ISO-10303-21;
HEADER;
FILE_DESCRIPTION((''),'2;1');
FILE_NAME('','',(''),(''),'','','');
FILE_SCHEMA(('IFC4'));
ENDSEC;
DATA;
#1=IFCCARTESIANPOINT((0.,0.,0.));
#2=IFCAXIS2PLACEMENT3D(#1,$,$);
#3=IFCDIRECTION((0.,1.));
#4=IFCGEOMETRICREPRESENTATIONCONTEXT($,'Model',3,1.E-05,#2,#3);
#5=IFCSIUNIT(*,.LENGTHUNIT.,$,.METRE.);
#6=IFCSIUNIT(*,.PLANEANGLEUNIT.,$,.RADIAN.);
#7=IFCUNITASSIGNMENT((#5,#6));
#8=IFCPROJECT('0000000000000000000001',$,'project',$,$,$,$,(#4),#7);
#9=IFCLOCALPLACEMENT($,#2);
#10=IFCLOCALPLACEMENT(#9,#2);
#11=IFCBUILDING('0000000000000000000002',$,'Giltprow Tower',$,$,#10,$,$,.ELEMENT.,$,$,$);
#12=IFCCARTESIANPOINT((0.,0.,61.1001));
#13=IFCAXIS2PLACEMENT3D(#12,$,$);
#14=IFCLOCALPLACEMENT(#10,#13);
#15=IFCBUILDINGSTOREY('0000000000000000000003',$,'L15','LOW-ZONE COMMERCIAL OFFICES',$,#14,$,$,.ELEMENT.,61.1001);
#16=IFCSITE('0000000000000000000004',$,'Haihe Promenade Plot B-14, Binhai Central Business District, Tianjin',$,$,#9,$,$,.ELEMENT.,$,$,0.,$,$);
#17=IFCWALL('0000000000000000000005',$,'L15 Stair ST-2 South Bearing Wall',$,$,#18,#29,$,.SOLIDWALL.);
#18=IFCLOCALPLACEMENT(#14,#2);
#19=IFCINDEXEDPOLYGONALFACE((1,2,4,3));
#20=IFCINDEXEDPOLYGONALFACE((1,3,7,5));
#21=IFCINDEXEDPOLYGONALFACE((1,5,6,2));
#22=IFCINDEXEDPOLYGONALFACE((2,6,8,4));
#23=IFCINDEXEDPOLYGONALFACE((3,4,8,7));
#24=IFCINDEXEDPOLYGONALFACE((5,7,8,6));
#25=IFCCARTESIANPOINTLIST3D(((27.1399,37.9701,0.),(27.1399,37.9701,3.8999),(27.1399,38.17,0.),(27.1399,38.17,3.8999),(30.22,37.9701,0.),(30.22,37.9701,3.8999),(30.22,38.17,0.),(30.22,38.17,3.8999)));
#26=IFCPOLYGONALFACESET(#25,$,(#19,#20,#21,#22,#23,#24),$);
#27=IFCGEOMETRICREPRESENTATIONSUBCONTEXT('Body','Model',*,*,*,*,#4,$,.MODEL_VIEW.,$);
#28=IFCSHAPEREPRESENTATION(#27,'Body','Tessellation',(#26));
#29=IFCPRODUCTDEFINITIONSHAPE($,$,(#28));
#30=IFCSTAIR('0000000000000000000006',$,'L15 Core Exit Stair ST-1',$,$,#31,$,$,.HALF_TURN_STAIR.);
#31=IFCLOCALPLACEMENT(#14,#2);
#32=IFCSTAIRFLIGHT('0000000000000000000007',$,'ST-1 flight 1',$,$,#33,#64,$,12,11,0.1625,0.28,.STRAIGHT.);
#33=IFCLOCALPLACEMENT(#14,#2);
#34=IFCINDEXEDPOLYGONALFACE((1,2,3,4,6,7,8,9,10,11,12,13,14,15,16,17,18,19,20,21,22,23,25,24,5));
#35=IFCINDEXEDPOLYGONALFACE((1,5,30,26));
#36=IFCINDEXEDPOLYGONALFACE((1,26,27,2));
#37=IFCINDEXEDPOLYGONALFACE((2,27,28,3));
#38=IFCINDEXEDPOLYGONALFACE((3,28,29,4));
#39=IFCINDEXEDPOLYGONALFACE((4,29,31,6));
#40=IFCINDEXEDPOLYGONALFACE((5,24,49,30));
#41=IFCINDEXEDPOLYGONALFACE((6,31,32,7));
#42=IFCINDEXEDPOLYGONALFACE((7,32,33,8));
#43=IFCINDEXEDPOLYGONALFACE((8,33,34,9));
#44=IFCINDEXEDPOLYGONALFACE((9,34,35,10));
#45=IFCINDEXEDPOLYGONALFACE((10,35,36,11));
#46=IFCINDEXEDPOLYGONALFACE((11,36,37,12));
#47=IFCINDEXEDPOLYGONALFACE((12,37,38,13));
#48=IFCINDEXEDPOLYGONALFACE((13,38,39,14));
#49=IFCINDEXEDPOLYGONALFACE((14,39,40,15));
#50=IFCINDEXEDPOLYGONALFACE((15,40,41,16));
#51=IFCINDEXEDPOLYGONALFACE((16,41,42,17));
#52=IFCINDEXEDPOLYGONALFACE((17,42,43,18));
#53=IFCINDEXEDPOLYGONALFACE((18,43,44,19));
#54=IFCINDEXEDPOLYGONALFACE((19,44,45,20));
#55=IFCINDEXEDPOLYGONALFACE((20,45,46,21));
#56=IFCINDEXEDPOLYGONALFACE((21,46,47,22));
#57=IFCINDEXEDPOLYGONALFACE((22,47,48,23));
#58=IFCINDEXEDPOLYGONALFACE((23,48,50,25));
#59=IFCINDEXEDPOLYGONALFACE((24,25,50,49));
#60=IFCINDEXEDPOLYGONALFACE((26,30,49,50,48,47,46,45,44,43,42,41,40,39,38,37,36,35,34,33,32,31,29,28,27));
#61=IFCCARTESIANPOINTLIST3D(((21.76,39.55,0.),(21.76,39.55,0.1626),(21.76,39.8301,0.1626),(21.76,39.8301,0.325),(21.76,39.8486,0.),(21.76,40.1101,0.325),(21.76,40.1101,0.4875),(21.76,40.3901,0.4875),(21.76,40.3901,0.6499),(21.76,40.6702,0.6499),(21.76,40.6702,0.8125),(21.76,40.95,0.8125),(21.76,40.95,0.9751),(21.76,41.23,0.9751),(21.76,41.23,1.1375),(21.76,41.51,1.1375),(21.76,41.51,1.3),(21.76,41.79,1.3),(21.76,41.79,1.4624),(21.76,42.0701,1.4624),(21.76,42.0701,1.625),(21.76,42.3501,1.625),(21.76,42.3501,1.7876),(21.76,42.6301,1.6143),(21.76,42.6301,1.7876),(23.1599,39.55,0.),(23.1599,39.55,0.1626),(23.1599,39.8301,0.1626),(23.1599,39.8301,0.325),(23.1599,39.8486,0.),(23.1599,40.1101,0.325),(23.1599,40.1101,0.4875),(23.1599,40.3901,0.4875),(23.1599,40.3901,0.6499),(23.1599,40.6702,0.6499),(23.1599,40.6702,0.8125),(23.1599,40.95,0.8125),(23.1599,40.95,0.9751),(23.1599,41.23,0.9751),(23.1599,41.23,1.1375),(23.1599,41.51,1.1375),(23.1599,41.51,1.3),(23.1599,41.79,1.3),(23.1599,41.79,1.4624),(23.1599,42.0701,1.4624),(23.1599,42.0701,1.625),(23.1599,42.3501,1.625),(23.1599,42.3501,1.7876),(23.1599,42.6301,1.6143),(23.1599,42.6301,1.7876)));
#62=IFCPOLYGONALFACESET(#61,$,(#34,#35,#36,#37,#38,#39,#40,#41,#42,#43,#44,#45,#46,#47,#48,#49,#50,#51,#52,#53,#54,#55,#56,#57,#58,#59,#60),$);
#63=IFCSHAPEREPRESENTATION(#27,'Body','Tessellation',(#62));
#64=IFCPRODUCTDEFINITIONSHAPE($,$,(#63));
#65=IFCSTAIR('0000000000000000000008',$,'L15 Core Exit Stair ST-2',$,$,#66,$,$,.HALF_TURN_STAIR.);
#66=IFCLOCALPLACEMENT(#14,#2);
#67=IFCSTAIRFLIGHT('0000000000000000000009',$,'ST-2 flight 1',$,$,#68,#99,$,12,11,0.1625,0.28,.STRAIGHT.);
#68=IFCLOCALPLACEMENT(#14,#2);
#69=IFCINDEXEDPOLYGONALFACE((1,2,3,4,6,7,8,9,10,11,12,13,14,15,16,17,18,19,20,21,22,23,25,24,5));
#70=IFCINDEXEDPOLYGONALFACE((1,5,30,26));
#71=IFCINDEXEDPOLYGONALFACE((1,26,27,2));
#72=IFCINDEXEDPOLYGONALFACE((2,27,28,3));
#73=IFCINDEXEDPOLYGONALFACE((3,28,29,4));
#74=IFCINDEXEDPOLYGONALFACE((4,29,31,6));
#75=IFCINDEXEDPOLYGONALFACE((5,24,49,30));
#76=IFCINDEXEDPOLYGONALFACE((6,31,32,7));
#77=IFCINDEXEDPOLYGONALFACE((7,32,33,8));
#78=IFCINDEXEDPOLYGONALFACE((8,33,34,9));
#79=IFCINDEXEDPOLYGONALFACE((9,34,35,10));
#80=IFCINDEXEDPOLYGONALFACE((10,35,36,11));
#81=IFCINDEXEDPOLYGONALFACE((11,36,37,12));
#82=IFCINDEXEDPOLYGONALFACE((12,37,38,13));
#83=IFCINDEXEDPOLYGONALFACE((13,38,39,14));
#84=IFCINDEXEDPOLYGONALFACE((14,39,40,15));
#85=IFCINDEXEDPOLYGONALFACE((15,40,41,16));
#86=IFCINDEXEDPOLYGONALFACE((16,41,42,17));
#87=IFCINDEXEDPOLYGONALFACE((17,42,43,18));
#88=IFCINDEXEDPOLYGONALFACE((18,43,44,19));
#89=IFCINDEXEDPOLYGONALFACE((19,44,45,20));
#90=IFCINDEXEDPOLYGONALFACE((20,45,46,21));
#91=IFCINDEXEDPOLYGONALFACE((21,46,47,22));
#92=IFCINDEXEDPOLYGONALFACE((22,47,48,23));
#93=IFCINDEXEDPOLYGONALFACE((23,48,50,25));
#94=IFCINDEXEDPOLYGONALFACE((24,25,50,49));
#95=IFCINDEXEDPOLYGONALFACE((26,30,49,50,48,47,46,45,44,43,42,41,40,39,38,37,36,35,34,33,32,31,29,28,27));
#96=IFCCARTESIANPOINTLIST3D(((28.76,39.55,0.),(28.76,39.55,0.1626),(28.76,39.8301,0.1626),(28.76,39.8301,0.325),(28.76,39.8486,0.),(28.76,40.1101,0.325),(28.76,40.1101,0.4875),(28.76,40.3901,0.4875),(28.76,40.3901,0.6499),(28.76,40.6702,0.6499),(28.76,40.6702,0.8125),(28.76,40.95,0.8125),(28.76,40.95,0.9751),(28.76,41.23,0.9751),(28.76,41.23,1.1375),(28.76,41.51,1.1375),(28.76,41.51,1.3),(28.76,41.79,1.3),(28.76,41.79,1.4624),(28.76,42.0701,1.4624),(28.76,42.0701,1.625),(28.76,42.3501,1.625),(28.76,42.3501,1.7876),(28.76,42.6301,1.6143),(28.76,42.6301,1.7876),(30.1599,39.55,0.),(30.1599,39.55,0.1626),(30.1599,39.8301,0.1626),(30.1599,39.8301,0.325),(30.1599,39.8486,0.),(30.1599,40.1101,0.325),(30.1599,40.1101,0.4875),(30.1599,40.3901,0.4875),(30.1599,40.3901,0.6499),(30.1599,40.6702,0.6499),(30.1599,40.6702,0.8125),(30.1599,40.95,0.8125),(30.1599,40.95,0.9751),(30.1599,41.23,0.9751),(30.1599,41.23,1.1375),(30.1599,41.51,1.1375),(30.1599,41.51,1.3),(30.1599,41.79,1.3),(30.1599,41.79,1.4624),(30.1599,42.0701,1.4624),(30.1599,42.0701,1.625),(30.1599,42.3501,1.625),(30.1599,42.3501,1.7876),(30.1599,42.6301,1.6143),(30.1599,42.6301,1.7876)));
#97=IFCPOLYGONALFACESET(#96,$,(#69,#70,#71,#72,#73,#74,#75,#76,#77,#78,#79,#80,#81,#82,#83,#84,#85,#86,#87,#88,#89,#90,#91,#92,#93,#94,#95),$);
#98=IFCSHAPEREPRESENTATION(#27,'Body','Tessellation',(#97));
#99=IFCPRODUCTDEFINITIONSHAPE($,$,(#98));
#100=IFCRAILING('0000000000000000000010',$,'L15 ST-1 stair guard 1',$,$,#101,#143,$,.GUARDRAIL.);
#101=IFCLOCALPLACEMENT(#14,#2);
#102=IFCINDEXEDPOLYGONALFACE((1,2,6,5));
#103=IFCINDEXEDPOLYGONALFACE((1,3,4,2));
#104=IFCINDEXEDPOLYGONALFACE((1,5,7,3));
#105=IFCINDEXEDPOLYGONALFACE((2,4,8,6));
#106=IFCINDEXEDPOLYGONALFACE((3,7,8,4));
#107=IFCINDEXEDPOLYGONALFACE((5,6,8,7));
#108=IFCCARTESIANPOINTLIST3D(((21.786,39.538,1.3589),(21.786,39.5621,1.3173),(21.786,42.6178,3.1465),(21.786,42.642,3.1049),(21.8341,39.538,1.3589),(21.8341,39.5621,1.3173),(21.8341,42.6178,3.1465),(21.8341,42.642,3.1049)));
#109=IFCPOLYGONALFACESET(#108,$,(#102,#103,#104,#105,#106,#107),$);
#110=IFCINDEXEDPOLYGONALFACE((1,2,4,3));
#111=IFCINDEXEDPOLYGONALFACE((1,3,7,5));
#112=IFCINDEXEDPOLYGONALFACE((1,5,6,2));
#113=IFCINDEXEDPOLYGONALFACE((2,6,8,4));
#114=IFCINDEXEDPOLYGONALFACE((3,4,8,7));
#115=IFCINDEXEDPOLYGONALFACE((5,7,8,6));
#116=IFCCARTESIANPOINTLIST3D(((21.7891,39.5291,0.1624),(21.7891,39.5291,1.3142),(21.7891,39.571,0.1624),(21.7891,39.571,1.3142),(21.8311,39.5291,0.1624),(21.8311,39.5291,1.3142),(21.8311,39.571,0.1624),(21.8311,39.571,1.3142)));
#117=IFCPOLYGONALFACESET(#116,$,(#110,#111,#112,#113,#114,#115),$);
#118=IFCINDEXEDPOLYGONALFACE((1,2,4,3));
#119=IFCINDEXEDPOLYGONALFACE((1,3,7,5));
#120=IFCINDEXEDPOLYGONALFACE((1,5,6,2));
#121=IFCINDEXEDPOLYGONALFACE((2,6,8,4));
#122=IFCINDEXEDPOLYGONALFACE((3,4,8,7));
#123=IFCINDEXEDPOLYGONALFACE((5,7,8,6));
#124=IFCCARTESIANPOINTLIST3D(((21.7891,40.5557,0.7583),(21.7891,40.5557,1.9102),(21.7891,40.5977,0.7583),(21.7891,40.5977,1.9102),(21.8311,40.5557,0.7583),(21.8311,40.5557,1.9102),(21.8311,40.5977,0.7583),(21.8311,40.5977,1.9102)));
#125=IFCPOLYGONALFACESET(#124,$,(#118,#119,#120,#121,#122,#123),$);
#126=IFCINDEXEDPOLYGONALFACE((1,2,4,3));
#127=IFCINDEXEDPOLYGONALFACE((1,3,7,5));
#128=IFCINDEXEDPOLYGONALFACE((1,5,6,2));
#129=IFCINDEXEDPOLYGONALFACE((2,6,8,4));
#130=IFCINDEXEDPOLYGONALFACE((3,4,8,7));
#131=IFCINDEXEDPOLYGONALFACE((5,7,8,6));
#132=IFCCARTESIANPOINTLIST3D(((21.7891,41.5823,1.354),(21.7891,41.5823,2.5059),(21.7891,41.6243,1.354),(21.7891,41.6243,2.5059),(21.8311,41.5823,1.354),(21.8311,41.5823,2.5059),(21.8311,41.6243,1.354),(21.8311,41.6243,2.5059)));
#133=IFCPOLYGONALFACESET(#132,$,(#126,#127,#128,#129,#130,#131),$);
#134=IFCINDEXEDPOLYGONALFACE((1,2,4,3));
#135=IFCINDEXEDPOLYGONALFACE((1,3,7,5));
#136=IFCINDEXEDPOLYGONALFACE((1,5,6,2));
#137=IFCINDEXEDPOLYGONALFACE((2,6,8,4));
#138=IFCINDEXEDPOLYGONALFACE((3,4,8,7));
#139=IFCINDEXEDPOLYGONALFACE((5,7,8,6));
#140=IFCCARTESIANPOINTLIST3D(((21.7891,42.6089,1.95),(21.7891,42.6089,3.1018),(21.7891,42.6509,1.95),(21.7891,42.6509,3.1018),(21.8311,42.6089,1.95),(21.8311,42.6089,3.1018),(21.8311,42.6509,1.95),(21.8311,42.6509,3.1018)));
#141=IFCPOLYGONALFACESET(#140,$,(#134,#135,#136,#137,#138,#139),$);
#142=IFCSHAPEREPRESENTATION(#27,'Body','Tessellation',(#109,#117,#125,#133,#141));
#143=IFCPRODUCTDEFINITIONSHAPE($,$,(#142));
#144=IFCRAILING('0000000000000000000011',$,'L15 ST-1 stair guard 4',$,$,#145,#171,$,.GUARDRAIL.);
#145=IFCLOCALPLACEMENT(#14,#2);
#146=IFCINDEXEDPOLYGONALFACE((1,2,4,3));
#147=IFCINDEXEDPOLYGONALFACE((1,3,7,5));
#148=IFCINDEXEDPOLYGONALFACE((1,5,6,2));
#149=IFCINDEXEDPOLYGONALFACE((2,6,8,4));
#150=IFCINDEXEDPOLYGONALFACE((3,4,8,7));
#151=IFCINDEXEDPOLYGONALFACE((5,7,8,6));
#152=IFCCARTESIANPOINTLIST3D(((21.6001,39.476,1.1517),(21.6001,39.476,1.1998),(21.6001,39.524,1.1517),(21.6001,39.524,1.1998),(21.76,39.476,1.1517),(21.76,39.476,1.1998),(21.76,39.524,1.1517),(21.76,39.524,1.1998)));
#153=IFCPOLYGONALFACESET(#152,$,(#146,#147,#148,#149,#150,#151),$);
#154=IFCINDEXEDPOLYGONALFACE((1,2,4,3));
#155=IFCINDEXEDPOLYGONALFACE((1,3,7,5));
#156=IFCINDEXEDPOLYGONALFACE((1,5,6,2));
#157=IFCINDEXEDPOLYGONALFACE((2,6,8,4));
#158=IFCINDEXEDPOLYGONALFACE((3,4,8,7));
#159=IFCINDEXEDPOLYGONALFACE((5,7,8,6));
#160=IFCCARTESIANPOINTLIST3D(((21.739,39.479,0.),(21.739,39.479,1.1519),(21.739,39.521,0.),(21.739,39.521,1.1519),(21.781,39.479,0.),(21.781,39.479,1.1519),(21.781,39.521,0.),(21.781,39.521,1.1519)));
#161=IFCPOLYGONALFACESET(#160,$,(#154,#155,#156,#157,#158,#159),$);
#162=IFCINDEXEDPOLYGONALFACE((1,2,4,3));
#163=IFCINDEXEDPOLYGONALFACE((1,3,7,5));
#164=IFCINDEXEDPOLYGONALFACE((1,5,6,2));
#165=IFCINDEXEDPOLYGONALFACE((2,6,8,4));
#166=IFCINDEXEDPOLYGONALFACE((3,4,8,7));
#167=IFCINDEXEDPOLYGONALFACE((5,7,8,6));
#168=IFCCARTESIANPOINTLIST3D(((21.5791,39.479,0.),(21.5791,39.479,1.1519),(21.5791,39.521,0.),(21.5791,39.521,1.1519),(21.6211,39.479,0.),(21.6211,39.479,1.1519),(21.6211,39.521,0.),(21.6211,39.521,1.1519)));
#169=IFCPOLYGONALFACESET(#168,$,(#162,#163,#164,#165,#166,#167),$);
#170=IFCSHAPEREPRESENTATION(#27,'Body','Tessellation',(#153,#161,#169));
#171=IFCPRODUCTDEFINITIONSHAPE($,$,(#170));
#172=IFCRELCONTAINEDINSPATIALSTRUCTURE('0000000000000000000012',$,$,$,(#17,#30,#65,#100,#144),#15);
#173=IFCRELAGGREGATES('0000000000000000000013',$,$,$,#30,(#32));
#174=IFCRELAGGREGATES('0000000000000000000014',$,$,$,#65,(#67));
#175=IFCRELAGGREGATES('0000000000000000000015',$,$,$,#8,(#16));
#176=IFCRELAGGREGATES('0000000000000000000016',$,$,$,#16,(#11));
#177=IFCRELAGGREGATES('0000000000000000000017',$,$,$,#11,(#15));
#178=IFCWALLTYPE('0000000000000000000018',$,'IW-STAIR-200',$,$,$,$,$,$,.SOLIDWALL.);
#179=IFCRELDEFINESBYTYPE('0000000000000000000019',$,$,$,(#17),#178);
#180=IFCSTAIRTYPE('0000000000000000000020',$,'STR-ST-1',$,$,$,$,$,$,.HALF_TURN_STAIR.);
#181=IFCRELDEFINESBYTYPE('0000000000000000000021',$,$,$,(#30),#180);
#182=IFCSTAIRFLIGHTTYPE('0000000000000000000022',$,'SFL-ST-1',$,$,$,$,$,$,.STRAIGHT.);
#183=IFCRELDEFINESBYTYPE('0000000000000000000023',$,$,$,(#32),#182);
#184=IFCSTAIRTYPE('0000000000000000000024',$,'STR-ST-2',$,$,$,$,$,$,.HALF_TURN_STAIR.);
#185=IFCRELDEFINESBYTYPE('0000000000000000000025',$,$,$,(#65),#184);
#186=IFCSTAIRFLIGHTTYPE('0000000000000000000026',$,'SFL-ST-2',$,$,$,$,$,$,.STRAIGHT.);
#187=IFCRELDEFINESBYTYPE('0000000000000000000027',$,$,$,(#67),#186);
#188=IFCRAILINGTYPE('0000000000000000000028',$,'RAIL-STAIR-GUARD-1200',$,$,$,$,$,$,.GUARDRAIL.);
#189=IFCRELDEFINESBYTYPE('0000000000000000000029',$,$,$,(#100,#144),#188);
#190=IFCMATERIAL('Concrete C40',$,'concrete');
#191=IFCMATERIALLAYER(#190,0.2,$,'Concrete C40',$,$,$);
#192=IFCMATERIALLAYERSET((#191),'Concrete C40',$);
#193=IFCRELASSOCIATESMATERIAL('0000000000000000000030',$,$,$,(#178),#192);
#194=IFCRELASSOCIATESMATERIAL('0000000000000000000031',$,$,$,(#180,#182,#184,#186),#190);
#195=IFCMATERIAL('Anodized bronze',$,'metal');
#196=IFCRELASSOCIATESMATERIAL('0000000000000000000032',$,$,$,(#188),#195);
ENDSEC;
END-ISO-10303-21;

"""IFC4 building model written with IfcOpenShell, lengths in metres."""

from ifc_helpers import new_model, si_unit, direction, frame, frame_2d, origin, origin_2d, place, context, subcontext, project, spatial, polyline, rectangle, outline, extrude, material, layer, layer_set, type_object, element, aggregate, save


model = new_model("IFC4")

# Units and contexts
model_context = context("Model", 3, precision=1e-05, world=origin(), true_north=direction((0.0, 1.0)))
body_context = subcontext(model_context, "Body", "Model", "MODEL_VIEW")
ifc_project = project(units=[si_unit("LENGTHUNIT", "METRE"), si_unit("PLANEANGLEUNIT", "RADIAN")], contexts=[model_context])

# Site, building, storey
site_placement = place(None, origin())
site = spatial("IfcSite", under=ifc_project, at=site_placement, Name="Haihe Promenade Plot B-14, Binhai Central Business District, Tianjin", CompositionType="ELEMENT", RefElevation=0.0)
building_placement = place(site_placement, origin())
building = spatial("IfcBuilding", under=site, at=building_placement, Name="Giltprow Tower", CompositionType="ELEMENT")
storey_placement = place(building_placement, frame((0.0, 0.0, 61.1001)))
storey = spatial("IfcBuildingStorey", under=building, at=storey_placement, Name="L15", Description="LOW-ZONE COMMERCIAL OFFICES", CompositionType="ELEMENT", Elevation=61.1001)

# Shared definitions
ifc_material_1 = material(Name="Concrete C40", Category="concrete")
ifc_layer = layer(ifc_material_1, 0.2, Name="Concrete C40")
ifc_layer_set = layer_set([ifc_layer], Name="Concrete C40")
wall_type = type_object("IfcWallType", Name="IW-STAIR-200", PredefinedType="SOLIDWALL", material=ifc_layer_set)

# Wall
wall_1_placement = place(storey_placement, frame((27.1399, 38.0701, 0.0), z_axis=(0.0, 0.0, 1.0), x_axis=(1.0, 0.0, 0.0)))
element("IfcWall", 1, at=wall_1_placement, inside=storey, type_object=wall_type, Name="L15 Stair ST-2 South Bearing Wall", PredefinedType="SOLIDWALL", context=body_context, shape_type="SweptSolid", body=[
    extrude(rectangle(XDim=3.0801, YDim=0.2, at=frame_2d((1.54, 0.0))), origin(), (0.0, 0.0, 1.0), 3.8999),
])

# Stairs, stair flights
stair_type_1 = type_object("IfcStairType", Name="STR-ST-1", PredefinedType="HALF_TURN_STAIR", material=ifc_material_1)
stair_1_placement = place(storey_placement, origin())
stair_1 = element("IfcStair", 2, at=stair_1_placement, inside=storey, type_object=stair_type_1, Name="L15 Core Exit Stair ST-1", PredefinedType="HALF_TURN_STAIR")
stair_flight_type_1 = type_object("IfcStairFlightType", Name="SFL-ST-1", PredefinedType="STRAIGHT", material=ifc_material_1)
stair_flight_1_placement = place(storey_placement, frame((22.46, 39.55, 0.0), z_axis=(0.0, 0.0, 1.0), x_axis=(0.0, 1.0, 0.0)))
stair_flight_1 = element("IfcStairFlight", 3, at=stair_flight_1_placement, type_object=stair_flight_type_1, Name="ST-1 flight 1", NumberOfRisers=12, NumberOfTreads=11, PredefinedType="STRAIGHT", RiserHeight=0.1625, TreadLength=0.28, context=body_context, shape_type="SweptSolid", body=[
    extrude(outline(polyline([(0.0, 0.0), (0.0, 0.1626), (0.28, 0.1626), (0.28, 0.325), (0.5601, 0.325), (0.5601, 0.4875), (0.8401, 0.4875), (0.8401, 0.6499), (1.1201, 0.6499), (1.1201, 0.8125), (1.3999, 0.8125), (1.3999, 0.9751), (1.6799, 0.9751), (1.6799, 1.1375), (1.96, 1.1375), (1.96, 1.3), (2.24, 1.3), (2.24, 1.4624), (2.52, 1.4624), (2.52, 1.625), (2.8, 1.625), (2.8, 1.7876), (3.0801, 1.7876), (3.0801, 1.95), (3.0801, 1.6143), (0.2986, 0.0), (0.0, 0.0)])), frame((0.0, 0.7, 0.0), z_axis=(0.0, -1.0, 0.0), x_axis=(1.0, 0.0, 0.0)), (0.0, 0.0, 1.0), 1.3999),
])
aggregate(stair_1, [stair_flight_1])
stair_type_2 = type_object("IfcStairType", Name="STR-ST-2", PredefinedType="HALF_TURN_STAIR", material=ifc_material_1)
stair_2_placement = place(storey_placement, origin())
stair_2 = element("IfcStair", 4, at=stair_2_placement, inside=storey, type_object=stair_type_2, Name="L15 Core Exit Stair ST-2", PredefinedType="HALF_TURN_STAIR")
stair_flight_type_2 = type_object("IfcStairFlightType", Name="SFL-ST-2", PredefinedType="STRAIGHT", material=ifc_material_1)
stair_flight_2_placement = place(storey_placement, frame((29.46, 39.55, 0.0), z_axis=(0.0, 0.0, 1.0), x_axis=(0.0, 1.0, 0.0)))
stair_flight_2 = element("IfcStairFlight", 5, at=stair_flight_2_placement, type_object=stair_flight_type_2, Name="ST-2 flight 1", NumberOfRisers=12, NumberOfTreads=11, PredefinedType="STRAIGHT", RiserHeight=0.1625, TreadLength=0.28, context=body_context, shape_type="SweptSolid", body=[
    extrude(outline(polyline([(0.0, 0.0), (0.0, 0.1626), (0.28, 0.1626), (0.28, 0.325), (0.5601, 0.325), (0.5601, 0.4875), (0.8401, 0.4875), (0.8401, 0.6499), (1.1201, 0.6499), (1.1201, 0.8125), (1.3999, 0.8125), (1.3999, 0.9751), (1.6799, 0.9751), (1.6799, 1.1375), (1.96, 1.1375), (1.96, 1.3), (2.24, 1.3), (2.24, 1.4624), (2.52, 1.4624), (2.52, 1.625), (2.8, 1.625), (2.8, 1.7876), (3.0801, 1.7876), (3.0801, 1.95), (3.0801, 1.6143), (0.2986, 0.0), (0.0, 0.0)])), frame((0.0, 0.7, 0.0), z_axis=(0.0, -1.0, 0.0), x_axis=(1.0, 0.0, 0.0)), (0.0, 0.0, 1.0), 1.3999),
])
aggregate(stair_2, [stair_flight_2])

# Railings
ifc_material_2 = material(Name="Anodized bronze", Category="metal")
railing_type_1 = type_object("IfcRailingType", Name="RAIL-STAIR-GUARD-1200", PredefinedType="GUARDRAIL", material=ifc_material_2)
railing_1_placement = place(storey_placement, frame((21.8101, 39.55, 0.1624)))
element("IfcRailing", 6, at=railing_1_placement, inside=storey, type_object=railing_type_1, Name="L15 ST-1 stair guard 1", PredefinedType="GUARDRAIL", context=body_context, shape_type="SweptSolid", body=[
    extrude(rectangle(XDim=0.0481, YDim=0.0481, at=origin_2d()), frame((0.0, 0.0, 1.1758), z_axis=(0.0, 0.864873, 0.50199), x_axis=(-1.0, 0.0, 0.0)), (0.0, 0.0, 1.0), 3.561),
    extrude(rectangle(XDim=0.042, YDim=0.042, at=origin_2d()), origin(), (0.0, 0.0, 1.0), 1.1519),
    extrude(rectangle(XDim=0.042, YDim=0.042, at=origin_2d()), frame((0.0, 1.0266, 0.5959)), (0.0, 0.0, 1.0), 1.1519),
    extrude(rectangle(XDim=0.042, YDim=0.042, at=origin_2d()), frame((0.0, 2.0532, 1.1917)), (0.0, 0.0, 1.0), 1.1519),
    extrude(rectangle(XDim=0.042, YDim=0.042, at=origin_2d()), frame((0.0, 3.0798, 1.7876)), (0.0, 0.0, 1.0), 1.1519),
])
railing_2_placement = place(storey_placement, frame((21.76, 39.5, 0.0)))
element("IfcRailing", 7, at=railing_2_placement, inside=storey, type_object=railing_type_1, Name="L15 ST-1 stair guard 4", PredefinedType="GUARDRAIL", context=body_context, shape_type="SweptSolid", body=[
    extrude(rectangle(XDim=0.0481, YDim=0.0481, at=origin_2d()), frame((0.0, 0.0, 1.1758), z_axis=(-1.0, 0.0, 0.0), x_axis=(0.0, -1.0, 0.0)), (0.0, 0.0, 1.0), 0.1599),
    extrude(rectangle(XDim=0.042, YDim=0.042, at=origin_2d()), origin(), (0.0, 0.0, 1.0), 1.1519),
    extrude(rectangle(XDim=0.042, YDim=0.042, at=origin_2d()), frame((-0.1599, 0.0, 0.0)), (0.0, 0.0, 1.0), 1.1519),
])

save(model, "model.ifc")
